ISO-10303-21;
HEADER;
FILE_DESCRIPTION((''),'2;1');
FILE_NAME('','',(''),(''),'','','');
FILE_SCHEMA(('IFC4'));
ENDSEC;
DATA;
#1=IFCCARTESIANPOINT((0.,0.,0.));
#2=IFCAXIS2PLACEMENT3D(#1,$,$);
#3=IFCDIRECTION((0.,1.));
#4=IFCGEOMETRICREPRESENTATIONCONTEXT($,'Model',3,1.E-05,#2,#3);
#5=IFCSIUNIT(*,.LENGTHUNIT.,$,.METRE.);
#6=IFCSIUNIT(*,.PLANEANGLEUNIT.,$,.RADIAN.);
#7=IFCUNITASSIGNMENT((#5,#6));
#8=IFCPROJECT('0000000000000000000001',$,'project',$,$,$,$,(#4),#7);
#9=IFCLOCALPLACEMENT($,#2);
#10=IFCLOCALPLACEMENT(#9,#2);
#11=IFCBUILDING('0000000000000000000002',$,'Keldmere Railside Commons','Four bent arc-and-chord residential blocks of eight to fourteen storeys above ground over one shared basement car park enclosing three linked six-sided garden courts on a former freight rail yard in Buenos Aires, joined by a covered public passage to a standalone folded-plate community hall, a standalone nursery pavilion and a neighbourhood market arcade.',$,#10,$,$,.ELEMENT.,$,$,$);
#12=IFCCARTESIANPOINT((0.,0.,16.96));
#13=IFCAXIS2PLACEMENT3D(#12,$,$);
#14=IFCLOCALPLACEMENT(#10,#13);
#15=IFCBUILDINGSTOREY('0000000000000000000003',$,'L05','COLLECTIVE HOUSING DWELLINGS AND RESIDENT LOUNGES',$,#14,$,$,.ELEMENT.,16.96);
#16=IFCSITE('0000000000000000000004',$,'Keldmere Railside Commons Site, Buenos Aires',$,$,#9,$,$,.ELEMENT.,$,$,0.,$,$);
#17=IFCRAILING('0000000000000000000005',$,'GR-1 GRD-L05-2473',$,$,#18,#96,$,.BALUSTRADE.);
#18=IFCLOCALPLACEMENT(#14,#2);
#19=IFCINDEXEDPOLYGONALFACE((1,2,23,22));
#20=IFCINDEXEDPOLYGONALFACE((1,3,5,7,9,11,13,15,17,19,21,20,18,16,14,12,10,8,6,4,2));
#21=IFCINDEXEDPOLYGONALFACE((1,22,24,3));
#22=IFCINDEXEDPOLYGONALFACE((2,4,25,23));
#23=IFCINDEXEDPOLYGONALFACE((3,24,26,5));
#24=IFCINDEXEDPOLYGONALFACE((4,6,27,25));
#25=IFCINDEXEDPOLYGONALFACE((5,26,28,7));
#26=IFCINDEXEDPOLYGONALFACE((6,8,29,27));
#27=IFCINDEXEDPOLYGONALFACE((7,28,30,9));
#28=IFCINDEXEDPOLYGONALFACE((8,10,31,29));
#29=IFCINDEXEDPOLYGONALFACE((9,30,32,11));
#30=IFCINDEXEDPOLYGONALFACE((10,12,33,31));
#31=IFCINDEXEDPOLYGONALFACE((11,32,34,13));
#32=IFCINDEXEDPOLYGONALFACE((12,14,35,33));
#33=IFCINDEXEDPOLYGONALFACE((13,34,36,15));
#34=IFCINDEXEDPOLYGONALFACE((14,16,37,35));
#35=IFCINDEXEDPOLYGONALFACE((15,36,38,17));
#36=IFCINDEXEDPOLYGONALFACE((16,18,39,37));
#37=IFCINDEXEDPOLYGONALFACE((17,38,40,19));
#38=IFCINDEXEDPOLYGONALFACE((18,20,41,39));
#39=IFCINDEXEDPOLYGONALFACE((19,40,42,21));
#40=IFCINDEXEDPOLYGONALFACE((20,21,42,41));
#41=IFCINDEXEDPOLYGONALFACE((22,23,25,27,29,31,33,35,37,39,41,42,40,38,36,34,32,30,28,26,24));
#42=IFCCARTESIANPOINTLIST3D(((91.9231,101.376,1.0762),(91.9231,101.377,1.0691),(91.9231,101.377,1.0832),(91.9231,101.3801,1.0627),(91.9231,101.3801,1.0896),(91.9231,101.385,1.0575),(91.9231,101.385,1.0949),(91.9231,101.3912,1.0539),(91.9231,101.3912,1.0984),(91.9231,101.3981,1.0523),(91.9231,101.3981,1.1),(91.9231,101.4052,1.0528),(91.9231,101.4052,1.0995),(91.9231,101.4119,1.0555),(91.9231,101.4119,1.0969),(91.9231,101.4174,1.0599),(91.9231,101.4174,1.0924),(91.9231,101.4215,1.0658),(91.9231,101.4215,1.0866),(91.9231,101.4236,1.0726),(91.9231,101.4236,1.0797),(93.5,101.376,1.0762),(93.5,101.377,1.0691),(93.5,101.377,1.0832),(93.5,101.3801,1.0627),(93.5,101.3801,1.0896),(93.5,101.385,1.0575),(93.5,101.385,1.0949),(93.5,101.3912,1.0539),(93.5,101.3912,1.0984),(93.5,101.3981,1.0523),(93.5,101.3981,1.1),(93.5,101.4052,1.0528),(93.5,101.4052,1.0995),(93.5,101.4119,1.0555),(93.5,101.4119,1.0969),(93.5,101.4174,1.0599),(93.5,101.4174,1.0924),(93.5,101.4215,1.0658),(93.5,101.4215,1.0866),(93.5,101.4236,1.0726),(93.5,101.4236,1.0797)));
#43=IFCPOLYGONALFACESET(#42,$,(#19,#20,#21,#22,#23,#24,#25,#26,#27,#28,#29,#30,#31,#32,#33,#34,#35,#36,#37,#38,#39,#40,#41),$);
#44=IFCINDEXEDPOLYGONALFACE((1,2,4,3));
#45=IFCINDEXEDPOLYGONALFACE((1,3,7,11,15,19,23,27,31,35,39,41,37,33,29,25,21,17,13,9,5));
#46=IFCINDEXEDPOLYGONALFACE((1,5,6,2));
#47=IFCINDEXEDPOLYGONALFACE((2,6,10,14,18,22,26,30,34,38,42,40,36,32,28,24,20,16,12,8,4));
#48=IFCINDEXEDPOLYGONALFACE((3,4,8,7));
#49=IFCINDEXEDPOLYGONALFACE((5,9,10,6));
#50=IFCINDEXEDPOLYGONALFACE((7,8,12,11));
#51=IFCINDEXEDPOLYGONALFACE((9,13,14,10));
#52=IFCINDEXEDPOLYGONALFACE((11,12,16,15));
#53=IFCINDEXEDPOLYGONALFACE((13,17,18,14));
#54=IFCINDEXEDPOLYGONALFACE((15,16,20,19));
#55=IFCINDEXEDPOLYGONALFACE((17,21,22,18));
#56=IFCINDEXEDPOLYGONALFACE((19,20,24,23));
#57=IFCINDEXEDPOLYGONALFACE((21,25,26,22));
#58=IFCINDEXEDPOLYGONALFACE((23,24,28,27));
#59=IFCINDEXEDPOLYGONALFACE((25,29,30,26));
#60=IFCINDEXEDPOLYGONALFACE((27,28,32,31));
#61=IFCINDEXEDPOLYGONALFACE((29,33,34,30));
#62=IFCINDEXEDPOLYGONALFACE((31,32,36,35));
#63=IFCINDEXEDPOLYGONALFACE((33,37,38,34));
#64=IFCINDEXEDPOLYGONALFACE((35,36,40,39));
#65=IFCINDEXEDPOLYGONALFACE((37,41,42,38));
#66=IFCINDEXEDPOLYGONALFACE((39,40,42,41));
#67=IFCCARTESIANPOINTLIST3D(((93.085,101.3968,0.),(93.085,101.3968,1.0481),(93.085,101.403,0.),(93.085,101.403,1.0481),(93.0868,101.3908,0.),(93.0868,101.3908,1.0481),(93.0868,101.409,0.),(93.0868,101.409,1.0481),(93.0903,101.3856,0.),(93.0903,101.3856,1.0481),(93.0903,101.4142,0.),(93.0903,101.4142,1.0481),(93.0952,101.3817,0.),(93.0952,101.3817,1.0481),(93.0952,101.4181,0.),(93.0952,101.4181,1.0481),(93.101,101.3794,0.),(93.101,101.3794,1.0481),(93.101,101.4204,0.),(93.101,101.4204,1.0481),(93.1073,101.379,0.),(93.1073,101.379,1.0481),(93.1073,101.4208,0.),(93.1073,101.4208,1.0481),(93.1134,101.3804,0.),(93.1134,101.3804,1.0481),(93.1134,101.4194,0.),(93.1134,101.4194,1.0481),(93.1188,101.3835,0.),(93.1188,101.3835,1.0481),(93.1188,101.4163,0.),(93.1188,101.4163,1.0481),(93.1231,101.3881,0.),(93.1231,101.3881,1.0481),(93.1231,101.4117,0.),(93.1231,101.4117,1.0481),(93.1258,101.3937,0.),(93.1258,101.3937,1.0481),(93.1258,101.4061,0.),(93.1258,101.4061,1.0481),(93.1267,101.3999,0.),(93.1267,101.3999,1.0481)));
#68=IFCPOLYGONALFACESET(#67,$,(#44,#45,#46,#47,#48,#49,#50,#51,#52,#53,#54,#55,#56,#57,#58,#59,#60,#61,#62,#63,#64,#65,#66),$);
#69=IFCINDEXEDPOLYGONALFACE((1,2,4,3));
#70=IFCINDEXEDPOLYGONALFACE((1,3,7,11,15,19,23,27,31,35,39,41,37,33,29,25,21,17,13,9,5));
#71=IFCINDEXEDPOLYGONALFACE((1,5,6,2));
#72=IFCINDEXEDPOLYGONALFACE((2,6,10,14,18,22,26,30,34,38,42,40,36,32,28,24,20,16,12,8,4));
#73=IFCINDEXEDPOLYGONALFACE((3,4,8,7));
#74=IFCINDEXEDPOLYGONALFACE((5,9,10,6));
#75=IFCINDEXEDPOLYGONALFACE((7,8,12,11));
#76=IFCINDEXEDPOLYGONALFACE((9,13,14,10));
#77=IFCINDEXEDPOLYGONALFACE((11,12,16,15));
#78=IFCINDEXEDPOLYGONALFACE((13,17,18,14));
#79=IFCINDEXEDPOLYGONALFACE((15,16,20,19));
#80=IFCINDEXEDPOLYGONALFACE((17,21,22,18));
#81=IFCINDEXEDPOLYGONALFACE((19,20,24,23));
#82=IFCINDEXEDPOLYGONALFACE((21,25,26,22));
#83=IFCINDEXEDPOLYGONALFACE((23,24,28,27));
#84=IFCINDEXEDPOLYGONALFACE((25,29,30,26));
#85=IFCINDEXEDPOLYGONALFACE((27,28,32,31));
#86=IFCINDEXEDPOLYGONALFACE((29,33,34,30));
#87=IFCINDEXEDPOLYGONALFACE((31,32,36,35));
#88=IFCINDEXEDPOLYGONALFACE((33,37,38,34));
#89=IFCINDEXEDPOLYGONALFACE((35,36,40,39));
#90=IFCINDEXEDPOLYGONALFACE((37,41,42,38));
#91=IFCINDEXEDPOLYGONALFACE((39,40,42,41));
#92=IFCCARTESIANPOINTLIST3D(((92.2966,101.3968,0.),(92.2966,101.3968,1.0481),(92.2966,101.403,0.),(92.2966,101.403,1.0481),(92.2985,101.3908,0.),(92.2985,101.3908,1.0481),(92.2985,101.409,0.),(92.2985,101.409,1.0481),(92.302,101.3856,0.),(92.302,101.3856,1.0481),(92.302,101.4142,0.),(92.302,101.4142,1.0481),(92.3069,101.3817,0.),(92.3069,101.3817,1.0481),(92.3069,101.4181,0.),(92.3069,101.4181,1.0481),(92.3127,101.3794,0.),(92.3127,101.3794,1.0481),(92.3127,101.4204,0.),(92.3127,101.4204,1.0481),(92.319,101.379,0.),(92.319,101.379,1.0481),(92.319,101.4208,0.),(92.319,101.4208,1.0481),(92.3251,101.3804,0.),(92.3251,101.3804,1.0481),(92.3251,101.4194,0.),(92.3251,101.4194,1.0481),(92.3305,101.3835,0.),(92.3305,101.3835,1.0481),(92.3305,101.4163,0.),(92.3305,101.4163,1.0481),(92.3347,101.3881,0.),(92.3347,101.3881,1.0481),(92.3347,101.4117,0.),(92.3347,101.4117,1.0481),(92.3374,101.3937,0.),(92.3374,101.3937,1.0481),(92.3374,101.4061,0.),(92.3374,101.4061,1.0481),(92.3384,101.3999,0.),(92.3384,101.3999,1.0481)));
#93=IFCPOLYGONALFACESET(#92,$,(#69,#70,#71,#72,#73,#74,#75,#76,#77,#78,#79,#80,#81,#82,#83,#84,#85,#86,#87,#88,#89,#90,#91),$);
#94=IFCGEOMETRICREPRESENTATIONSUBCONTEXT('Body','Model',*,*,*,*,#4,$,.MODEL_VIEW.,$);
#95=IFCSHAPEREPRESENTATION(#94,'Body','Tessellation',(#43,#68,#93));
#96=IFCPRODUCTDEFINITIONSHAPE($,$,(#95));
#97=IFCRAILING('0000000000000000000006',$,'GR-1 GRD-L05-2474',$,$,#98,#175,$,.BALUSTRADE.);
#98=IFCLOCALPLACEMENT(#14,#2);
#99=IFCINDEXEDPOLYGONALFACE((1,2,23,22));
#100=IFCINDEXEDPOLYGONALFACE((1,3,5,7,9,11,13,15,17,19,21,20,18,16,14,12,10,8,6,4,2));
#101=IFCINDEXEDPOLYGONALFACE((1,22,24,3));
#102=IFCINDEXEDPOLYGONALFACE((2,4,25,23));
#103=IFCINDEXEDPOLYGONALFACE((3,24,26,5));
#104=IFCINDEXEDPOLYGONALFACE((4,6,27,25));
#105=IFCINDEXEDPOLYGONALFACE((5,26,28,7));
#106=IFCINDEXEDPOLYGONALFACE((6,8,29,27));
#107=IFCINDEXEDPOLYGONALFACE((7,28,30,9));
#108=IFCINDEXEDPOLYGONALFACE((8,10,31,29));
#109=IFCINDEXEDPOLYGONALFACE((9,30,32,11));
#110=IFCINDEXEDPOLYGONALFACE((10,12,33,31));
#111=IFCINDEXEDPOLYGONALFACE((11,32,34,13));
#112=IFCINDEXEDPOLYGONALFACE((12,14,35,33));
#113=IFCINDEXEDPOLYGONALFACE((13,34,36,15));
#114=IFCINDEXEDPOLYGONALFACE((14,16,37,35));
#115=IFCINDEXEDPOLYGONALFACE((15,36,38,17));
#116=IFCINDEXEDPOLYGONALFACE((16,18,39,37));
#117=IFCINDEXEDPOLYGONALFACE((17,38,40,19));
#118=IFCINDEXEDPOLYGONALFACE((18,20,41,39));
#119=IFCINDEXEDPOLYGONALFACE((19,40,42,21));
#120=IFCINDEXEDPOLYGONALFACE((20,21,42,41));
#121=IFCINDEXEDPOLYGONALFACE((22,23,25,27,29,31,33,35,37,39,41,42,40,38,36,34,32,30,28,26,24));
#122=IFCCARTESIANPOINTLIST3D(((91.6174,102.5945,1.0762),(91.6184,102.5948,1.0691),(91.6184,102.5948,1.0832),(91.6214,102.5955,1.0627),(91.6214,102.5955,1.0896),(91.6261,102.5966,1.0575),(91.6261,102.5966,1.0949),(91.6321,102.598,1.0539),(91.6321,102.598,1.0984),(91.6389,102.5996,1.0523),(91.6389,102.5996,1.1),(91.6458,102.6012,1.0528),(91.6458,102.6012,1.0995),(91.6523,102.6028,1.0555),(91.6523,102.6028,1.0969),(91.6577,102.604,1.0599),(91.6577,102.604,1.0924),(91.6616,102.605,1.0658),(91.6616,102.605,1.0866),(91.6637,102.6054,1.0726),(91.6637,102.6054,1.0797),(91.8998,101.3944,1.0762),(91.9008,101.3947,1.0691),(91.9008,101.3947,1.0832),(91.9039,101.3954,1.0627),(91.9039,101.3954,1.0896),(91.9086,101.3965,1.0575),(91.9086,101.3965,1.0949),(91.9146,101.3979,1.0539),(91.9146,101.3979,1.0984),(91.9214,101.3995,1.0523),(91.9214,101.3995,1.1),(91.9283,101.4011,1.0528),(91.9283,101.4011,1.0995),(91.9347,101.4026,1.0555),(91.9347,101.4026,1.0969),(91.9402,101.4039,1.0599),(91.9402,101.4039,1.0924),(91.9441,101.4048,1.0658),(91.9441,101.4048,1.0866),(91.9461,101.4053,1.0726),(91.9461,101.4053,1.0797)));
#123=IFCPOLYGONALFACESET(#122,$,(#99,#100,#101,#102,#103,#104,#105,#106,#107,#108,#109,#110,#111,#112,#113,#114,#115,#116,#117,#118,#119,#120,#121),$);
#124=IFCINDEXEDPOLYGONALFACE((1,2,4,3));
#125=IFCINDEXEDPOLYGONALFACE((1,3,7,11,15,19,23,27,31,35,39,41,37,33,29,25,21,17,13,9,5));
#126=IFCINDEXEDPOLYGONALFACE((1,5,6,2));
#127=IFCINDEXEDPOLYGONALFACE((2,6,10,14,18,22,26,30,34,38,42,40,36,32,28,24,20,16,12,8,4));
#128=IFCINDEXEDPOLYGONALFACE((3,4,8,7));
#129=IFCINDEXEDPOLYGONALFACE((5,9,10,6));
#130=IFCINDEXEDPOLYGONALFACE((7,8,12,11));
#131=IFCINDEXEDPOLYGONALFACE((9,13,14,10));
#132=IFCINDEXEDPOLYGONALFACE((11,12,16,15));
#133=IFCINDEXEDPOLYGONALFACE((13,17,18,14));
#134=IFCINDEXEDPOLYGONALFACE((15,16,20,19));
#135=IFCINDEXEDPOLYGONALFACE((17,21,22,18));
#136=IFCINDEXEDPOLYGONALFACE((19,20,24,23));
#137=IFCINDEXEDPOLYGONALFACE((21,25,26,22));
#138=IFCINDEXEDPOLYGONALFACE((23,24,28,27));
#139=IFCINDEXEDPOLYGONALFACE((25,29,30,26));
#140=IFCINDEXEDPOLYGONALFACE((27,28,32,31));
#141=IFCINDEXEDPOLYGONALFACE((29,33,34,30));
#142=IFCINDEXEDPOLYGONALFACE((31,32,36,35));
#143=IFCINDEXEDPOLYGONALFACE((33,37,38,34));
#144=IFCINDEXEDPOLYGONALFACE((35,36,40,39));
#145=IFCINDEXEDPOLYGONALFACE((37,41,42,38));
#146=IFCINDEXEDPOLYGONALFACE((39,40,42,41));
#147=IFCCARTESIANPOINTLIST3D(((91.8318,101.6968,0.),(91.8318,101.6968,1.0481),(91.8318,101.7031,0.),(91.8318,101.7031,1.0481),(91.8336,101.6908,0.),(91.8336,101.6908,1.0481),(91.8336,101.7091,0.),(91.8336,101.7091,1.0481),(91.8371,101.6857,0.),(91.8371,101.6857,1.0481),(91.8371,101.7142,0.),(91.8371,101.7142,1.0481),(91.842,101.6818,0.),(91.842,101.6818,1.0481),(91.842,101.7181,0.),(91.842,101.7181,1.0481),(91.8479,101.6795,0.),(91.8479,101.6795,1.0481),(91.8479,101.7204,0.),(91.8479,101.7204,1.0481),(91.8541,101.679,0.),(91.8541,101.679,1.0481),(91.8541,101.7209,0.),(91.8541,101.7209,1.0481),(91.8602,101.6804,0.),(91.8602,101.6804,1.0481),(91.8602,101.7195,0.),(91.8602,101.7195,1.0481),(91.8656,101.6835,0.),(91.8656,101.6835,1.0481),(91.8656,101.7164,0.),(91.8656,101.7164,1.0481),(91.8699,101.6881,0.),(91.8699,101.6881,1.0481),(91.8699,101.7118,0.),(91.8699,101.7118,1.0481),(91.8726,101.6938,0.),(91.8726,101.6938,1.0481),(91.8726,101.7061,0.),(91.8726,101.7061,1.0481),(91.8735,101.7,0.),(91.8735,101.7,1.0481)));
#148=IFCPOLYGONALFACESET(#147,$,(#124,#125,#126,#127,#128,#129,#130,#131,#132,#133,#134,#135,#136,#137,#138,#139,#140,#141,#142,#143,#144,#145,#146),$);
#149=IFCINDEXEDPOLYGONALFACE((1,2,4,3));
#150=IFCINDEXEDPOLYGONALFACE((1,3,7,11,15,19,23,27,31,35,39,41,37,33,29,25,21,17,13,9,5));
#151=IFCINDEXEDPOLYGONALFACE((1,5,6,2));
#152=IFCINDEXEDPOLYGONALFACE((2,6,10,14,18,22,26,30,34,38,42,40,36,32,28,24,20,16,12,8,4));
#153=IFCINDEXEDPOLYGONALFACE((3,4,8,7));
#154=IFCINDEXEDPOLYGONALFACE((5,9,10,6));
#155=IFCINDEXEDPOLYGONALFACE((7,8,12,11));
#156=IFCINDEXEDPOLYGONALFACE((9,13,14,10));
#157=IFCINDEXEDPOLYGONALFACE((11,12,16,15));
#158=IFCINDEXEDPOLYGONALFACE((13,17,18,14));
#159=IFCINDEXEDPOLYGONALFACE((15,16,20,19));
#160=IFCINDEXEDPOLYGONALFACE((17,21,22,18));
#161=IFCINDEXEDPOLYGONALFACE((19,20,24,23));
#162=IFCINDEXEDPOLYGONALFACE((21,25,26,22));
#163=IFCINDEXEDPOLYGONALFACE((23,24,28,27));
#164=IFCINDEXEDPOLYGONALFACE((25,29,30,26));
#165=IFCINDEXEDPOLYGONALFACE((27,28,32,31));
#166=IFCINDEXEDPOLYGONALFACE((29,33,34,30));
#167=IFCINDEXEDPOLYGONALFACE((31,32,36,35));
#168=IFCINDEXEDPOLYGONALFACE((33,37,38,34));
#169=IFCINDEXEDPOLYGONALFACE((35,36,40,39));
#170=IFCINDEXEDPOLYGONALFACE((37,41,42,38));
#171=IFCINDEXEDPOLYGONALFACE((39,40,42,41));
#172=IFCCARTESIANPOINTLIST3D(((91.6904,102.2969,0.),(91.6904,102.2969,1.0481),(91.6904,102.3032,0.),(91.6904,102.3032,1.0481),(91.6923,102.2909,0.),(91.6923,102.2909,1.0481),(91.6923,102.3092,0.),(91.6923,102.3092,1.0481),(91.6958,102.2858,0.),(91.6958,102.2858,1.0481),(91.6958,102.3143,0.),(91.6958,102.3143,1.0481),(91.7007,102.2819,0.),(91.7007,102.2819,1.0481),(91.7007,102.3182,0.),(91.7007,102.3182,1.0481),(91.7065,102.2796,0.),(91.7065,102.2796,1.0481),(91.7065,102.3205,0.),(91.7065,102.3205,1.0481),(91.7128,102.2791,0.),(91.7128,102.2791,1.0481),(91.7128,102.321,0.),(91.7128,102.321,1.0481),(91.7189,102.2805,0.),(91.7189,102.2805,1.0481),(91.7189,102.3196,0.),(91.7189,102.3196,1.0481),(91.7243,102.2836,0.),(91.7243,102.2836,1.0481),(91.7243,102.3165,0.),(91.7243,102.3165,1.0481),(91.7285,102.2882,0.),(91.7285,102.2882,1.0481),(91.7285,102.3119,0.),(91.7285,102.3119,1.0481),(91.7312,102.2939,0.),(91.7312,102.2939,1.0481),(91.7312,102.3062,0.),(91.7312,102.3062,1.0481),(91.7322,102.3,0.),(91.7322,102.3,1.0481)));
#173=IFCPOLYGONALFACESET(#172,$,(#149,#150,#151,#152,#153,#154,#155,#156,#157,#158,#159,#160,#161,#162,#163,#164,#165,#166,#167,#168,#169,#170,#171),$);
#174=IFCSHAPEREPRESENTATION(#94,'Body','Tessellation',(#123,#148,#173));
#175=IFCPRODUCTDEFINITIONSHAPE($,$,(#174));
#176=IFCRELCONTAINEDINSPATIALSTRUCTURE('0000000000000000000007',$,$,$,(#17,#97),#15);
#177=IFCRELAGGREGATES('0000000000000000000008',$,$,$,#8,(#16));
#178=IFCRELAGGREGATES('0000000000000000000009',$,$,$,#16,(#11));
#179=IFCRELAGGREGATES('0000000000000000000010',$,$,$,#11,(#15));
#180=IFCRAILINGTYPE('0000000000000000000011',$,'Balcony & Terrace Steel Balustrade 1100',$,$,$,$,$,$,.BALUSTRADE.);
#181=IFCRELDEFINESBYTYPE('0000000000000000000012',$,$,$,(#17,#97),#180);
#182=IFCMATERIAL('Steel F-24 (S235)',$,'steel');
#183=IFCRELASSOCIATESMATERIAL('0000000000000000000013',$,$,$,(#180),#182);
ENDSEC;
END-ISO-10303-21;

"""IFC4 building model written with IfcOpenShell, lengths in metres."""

from ifc_helpers import new_model, si_unit, direction, frame, origin, origin_2d, place, context, subcontext, project, spatial, circle, extrude, material, type_object, element, save


model = new_model("IFC4")

# Units and contexts
model_context = context("Model", 3, precision=1e-05, world=origin(), true_north=direction((0.0, 1.0)))
body_context = subcontext(model_context, "Body", "Model", "MODEL_VIEW")
ifc_project = project(units=[si_unit("LENGTHUNIT", "METRE"), si_unit("PLANEANGLEUNIT", "RADIAN")], contexts=[model_context])

# Site, building, storey
site_placement = place(None, origin())
site = spatial("IfcSite", under=ifc_project, at=site_placement, Name="Keldmere Railside Commons Site, Buenos Aires", CompositionType="ELEMENT", RefElevation=0.0)
building_placement = place(site_placement, origin())
building = spatial("IfcBuilding", under=site, at=building_placement, Name="Keldmere Railside Commons", Description="Four bent arc-and-chord residential blocks of eight to fourteen storeys above ground over one shared basement car park enclosing three linked six-sided garden courts on a former freight rail yard in Buenos Aires, joined by a covered public passage to a standalone folded-plate community hall, a standalone nursery pavilion and a neighbourhood market arcade.", CompositionType="ELEMENT")
storey_placement = place(building_placement, frame((0.0, 0.0, 16.96)))
storey = spatial("IfcBuildingStorey", under=building, at=storey_placement, Name="L05", Description="COLLECTIVE HOUSING DWELLINGS AND RESIDENT LOUNGES", CompositionType="ELEMENT", Elevation=16.96)

# Railings
ifc_material_1 = material(Name="Steel F-24 (S235)", Category="steel")
railing_type = type_object("IfcRailingType", Name="Balcony & Terrace Steel Balustrade 1100", PredefinedType="BALUSTRADE", material=ifc_material_1)
railing_1_placement = place(storey_placement, frame((93.5, 101.3999, 0.0)))
element("IfcRailing", 1, at=railing_1_placement, inside=storey, type_object=railing_type, Name="GR-1 GRD-L05-2473", PredefinedType="BALUSTRADE", context=body_context, shape_type="SweptSolid", body=[
    extrude(circle(Radius=0.0239, at=origin_2d()), frame((0.0, 0.0, 1.0762), z_axis=(-1.0, 0.0, 0.0), x_axis=(0.0, -1.0, 0.0)), (0.0, 0.0, 1.0), 1.5769),
    extrude(circle(Radius=0.021, at=origin_2d()), frame((-0.3943, 0.0, 0.0)), (0.0, 0.0, 1.0), 1.0481),
    extrude(circle(Radius=0.021, at=origin_2d()), frame((-1.1826, 0.0, 0.0)), (0.0, 0.0, 1.0), 1.0481),
])
railing_2_placement = place(storey_placement, frame((91.9231, 101.3999, 0.0)))
element("IfcRailing", 2, at=railing_2_placement, inside=storey, type_object=railing_type, Name="GR-1 GRD-L05-2474", PredefinedType="BALUSTRADE", context=body_context, shape_type="SweptSolid", body=[
    extrude(circle(Radius=0.0239, at=origin_2d()), frame((0.0, 0.0, 1.0762), z_axis=(-0.229095, 0.973404, 0.0), x_axis=(-0.973404, -0.229095, 0.0)), (0.0, 0.0, 1.0), 1.2329),
    extrude(circle(Radius=0.021, at=origin_2d()), frame((-0.0706, 0.3, 0.0)), (0.0, 0.0, 1.0), 1.0481),
    extrude(circle(Radius=0.021, at=origin_2d()), frame((-0.2119, 0.9001, 0.0)), (0.0, 0.0, 1.0), 1.0481),
])

save(model, "model.ifc")
